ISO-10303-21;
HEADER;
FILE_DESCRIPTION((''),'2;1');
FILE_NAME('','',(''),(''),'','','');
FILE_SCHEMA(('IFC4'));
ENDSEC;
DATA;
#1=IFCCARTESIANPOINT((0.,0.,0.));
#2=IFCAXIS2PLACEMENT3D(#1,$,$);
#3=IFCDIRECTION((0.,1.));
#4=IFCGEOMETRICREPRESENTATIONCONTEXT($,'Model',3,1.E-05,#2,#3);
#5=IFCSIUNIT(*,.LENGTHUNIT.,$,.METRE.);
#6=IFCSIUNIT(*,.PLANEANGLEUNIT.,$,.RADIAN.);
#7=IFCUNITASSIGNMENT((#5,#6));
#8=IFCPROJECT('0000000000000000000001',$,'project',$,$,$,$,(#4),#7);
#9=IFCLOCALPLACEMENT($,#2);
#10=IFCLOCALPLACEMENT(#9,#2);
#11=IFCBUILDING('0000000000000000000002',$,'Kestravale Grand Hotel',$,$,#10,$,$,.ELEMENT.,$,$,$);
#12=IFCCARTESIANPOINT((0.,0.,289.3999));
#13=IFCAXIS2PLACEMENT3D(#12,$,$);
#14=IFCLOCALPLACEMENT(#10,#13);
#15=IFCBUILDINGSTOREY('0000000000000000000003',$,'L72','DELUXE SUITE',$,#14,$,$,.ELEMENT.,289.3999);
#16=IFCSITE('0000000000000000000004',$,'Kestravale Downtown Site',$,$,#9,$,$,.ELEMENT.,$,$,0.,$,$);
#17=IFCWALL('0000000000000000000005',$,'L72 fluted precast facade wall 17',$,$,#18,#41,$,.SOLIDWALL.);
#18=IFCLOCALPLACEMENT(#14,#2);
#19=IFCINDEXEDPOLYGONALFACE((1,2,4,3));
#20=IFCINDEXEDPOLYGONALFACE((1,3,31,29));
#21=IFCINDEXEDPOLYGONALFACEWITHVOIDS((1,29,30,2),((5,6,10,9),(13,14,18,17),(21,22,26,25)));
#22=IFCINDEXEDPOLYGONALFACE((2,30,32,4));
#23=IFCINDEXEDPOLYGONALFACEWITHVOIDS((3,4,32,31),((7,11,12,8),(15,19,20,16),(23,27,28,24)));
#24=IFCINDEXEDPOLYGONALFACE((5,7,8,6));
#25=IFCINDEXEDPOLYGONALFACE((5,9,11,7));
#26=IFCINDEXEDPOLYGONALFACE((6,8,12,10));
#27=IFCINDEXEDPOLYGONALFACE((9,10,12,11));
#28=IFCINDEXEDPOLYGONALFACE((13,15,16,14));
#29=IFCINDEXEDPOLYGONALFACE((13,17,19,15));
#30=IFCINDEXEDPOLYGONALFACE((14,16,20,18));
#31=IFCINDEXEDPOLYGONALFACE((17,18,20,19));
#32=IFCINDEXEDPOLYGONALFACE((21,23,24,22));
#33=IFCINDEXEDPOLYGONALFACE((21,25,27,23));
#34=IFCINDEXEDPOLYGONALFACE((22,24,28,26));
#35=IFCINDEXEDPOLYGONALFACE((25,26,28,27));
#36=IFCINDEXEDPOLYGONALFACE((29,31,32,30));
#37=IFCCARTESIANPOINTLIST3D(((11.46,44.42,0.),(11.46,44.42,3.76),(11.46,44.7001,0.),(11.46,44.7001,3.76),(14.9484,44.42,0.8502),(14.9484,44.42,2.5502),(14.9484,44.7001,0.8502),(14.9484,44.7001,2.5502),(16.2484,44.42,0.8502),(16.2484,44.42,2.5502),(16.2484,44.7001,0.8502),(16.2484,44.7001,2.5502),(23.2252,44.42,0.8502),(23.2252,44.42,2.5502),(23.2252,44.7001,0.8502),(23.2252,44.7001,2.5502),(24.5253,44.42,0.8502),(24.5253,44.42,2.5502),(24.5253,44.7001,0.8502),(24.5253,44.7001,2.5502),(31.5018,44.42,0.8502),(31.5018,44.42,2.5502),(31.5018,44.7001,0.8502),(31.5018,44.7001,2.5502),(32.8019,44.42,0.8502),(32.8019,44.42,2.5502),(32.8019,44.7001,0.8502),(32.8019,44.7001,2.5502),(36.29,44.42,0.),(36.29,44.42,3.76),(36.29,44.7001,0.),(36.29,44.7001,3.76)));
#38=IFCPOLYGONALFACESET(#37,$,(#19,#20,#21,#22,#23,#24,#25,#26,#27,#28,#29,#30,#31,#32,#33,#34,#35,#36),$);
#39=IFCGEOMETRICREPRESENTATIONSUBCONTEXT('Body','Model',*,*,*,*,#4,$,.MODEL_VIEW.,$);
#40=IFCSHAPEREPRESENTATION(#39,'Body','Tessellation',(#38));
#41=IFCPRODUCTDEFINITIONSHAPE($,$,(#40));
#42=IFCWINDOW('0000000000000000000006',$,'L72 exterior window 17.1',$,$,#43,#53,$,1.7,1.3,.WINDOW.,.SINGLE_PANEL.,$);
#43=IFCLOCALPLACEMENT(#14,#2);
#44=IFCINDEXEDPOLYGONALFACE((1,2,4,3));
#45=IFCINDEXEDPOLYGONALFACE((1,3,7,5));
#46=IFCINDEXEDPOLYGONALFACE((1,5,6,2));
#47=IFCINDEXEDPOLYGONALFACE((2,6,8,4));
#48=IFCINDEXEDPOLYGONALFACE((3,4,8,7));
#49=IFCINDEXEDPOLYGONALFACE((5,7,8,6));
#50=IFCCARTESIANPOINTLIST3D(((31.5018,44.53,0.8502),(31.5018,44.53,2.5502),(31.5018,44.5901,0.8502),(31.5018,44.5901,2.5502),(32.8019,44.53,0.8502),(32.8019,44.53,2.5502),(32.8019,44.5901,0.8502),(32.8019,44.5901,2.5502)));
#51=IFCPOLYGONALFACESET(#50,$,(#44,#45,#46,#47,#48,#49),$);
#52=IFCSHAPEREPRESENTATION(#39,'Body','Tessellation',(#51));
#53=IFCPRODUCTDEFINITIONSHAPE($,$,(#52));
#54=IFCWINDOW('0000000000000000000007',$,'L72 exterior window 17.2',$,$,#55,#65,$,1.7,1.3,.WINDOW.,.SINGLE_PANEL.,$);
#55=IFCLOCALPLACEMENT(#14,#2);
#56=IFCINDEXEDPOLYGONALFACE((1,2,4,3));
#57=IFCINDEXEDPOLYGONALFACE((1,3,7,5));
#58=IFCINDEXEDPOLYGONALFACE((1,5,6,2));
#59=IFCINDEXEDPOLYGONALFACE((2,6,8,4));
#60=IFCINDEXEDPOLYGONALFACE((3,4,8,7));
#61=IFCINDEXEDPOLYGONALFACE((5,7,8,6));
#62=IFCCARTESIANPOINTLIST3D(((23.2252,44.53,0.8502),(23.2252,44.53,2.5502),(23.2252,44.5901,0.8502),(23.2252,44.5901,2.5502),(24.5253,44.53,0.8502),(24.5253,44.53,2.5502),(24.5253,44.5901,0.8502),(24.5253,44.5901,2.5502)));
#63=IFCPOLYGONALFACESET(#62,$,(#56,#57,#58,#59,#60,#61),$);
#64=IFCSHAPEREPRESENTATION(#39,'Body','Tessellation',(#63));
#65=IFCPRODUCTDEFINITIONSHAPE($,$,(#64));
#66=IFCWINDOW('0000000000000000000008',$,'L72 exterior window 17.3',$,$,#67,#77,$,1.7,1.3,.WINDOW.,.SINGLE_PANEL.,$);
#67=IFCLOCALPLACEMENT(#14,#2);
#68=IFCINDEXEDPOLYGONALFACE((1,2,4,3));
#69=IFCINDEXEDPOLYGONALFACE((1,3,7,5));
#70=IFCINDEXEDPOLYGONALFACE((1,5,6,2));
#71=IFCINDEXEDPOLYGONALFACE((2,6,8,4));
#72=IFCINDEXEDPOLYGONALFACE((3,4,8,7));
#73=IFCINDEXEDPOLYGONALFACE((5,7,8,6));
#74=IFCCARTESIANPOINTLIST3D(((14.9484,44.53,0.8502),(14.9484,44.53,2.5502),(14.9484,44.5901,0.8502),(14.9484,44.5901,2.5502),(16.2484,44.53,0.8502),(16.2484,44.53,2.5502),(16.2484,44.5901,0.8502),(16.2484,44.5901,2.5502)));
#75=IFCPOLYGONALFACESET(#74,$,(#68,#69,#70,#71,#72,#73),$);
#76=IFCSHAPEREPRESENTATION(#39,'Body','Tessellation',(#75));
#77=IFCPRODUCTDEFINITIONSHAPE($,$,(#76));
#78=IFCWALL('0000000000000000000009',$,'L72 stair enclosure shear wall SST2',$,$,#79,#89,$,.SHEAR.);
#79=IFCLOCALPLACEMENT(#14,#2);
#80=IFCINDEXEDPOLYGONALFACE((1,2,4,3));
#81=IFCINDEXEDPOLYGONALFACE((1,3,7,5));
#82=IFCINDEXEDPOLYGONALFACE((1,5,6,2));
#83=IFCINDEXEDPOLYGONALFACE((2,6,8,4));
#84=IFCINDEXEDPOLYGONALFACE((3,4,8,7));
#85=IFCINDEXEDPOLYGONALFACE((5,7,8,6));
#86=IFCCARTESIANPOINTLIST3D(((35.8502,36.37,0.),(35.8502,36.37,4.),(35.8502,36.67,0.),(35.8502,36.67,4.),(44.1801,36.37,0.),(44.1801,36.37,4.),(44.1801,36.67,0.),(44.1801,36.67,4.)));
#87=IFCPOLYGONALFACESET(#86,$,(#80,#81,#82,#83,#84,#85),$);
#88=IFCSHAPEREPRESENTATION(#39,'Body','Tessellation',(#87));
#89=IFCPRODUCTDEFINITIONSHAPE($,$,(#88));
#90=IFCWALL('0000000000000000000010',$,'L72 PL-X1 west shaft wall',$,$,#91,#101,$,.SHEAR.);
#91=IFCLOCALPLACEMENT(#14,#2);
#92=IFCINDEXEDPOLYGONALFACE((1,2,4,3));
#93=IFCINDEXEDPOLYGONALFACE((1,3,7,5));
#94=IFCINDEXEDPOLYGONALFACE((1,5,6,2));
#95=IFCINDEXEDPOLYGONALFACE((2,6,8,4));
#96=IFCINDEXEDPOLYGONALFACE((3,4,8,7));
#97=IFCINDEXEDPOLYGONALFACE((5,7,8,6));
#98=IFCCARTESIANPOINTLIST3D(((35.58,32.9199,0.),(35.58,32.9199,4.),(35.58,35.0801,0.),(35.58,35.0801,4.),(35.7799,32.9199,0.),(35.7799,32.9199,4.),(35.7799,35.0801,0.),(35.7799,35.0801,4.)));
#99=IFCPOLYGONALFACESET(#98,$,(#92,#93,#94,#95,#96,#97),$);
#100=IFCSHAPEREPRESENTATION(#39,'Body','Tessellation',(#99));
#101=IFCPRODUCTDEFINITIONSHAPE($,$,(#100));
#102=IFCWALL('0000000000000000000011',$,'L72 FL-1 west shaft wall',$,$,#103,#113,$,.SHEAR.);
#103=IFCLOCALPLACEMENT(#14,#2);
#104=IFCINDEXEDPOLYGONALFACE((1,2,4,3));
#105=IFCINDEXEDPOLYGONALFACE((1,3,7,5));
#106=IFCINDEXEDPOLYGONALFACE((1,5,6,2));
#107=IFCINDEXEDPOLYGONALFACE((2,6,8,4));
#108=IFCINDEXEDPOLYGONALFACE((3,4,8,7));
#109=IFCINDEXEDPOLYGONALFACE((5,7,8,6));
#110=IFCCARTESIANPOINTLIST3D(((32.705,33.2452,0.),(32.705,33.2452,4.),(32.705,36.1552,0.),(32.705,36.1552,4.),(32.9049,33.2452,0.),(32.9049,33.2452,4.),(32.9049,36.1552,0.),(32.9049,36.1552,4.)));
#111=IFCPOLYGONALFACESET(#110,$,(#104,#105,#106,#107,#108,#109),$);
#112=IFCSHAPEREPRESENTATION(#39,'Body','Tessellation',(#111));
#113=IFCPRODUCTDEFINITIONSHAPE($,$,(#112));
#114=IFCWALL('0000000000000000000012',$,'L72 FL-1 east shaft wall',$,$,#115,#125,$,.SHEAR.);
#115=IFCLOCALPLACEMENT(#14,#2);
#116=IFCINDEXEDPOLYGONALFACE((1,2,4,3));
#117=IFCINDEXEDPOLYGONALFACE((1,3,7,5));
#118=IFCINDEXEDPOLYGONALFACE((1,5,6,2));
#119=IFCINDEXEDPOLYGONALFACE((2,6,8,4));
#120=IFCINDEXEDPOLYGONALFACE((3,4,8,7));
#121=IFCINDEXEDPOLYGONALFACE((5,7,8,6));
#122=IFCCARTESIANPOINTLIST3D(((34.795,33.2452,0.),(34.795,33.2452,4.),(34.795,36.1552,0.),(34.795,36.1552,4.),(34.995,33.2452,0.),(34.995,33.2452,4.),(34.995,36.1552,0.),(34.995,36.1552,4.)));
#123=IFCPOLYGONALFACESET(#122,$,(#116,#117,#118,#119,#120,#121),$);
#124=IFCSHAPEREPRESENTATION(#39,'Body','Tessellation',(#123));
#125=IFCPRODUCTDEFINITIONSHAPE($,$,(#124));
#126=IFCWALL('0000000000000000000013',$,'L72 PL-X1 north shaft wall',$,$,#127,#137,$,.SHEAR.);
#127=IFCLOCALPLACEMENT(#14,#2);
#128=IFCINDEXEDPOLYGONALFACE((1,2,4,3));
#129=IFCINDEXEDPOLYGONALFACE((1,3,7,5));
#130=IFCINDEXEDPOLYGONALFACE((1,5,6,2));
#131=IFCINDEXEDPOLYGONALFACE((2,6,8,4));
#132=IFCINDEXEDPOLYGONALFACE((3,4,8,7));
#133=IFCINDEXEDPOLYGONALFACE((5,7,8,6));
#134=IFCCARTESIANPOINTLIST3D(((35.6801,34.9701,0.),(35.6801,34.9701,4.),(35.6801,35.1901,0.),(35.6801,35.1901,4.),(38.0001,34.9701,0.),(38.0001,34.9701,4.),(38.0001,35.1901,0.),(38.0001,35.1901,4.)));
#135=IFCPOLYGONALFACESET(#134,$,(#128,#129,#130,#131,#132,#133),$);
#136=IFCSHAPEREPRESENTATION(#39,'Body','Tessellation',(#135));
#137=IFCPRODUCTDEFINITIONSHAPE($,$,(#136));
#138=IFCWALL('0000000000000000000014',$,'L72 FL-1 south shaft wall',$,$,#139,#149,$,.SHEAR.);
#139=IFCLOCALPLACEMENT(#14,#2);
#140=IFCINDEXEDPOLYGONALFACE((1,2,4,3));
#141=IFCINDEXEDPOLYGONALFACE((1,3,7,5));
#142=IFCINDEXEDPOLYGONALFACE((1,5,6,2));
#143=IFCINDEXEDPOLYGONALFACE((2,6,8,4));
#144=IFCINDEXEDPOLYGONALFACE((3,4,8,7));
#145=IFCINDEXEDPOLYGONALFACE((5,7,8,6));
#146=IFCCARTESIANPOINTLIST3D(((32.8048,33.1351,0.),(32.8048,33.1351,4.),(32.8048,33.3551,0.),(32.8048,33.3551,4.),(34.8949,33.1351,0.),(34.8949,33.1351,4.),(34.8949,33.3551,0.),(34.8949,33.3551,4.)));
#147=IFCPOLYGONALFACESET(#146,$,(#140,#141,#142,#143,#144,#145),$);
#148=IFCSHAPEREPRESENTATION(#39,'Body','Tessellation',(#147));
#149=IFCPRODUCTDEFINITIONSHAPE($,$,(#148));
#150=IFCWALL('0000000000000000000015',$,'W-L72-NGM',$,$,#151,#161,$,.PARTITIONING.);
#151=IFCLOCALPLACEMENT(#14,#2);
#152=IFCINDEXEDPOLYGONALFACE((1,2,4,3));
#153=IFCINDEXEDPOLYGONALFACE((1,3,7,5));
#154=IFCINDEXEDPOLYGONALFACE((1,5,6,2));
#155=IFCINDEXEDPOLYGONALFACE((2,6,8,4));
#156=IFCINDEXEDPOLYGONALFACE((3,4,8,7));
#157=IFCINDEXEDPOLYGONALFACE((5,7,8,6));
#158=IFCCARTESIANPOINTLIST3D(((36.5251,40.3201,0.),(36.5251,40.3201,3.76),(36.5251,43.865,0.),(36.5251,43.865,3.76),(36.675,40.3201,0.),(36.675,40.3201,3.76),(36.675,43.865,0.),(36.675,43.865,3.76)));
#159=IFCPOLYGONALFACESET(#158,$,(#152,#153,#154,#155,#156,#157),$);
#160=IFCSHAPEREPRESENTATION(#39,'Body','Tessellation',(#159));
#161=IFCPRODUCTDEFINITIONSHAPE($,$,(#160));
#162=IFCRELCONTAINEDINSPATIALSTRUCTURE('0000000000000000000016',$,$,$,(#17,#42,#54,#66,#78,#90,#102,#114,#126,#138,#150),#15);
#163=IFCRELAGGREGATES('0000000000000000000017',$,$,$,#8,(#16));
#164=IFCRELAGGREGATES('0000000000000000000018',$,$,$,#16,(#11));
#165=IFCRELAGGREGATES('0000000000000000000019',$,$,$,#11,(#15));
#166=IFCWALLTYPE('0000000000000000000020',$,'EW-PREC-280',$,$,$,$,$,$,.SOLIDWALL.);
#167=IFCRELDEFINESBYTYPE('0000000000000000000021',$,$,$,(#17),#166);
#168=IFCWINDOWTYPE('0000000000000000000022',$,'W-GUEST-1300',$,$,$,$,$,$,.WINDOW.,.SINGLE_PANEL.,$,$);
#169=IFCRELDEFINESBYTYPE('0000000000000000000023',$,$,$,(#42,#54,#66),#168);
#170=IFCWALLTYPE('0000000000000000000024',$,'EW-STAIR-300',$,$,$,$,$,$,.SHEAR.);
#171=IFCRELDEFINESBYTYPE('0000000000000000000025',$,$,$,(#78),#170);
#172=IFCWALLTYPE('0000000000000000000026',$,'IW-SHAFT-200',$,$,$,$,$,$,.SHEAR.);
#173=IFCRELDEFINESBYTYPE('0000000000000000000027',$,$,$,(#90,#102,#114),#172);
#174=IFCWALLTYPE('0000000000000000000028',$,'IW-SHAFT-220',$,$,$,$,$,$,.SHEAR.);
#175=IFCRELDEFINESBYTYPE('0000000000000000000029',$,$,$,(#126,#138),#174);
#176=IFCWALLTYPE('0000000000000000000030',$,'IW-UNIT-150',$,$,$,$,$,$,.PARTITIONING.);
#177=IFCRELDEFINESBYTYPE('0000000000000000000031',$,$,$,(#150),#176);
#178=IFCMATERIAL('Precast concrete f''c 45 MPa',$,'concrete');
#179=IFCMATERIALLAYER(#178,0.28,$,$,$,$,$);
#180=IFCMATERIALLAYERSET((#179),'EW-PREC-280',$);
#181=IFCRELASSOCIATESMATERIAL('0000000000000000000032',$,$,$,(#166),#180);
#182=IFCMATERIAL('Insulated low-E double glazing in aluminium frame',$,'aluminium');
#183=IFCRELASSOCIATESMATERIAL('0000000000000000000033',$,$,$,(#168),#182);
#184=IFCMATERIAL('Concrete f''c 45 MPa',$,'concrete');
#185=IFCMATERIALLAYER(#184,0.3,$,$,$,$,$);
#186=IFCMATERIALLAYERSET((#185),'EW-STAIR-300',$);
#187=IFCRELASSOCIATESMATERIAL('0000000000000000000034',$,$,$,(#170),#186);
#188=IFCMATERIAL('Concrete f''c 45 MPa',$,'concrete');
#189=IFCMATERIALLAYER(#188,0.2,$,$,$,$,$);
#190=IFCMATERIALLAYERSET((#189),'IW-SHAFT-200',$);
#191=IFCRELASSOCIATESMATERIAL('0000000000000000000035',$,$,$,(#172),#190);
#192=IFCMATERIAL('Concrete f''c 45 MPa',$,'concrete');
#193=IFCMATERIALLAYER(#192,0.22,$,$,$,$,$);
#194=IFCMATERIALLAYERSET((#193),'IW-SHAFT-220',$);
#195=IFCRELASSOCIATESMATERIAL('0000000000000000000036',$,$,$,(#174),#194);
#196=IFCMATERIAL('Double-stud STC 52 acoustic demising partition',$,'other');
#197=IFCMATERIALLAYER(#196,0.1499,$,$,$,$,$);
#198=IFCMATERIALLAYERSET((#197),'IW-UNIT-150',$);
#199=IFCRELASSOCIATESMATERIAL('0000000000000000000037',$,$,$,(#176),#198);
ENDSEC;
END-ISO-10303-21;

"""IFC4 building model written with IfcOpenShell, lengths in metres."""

from ifc_helpers import new_model, si_unit, direction, frame, frame_2d, origin, place, context, subcontext, project, spatial, rectangle, extrude, material, layer, layer_set, type_object, element, fill, save


model = new_model("IFC4")

# Units and contexts
model_context = context("Model", 3, precision=1e-05, world=origin(), true_north=direction((0.0, 1.0)))
body_context = subcontext(model_context, "Body", "Model", "MODEL_VIEW")
ifc_project = project(units=[si_unit("LENGTHUNIT", "METRE"), si_unit("PLANEANGLEUNIT", "RADIAN")], contexts=[model_context])

# Site, building, storey
site_placement = place(None, origin())
site = spatial("IfcSite", under=ifc_project, at=site_placement, Name="Kestravale Downtown Site", CompositionType="ELEMENT", RefElevation=0.0)
building_placement = place(site_placement, origin())
building = spatial("IfcBuilding", under=site, at=building_placement, Name="Kestravale Grand Hotel", CompositionType="ELEMENT")
storey_placement = place(building_placement, frame((0.0, 0.0, 289.3999)))
storey = spatial("IfcBuildingStorey", under=building, at=storey_placement, Name="L72", Description="DELUXE SUITE", CompositionType="ELEMENT", Elevation=289.3999)

# Wall, openings, windows
ifc_material_1 = material(Name="Precast concrete f'c 45 MPa", Category="concrete")
ifc_layer_1 = layer(ifc_material_1, 0.28)
ifc_layer_set_1 = layer_set([ifc_layer_1], Name="EW-PREC-280")
wall_type_1 = type_object("IfcWallType", Name="EW-PREC-280", PredefinedType="SOLIDWALL", material=ifc_layer_set_1)
wall_1_placement = place(storey_placement, frame((36.29, 44.5601, 0.0), z_axis=(0.0, 0.0, 1.0), x_axis=(-1.0, 0.0, 0.0)))
wall_1 = element("IfcWall", 1, at=wall_1_placement, inside=storey, type_object=wall_type_1, Name="L72 fluted precast facade wall 17", PredefinedType="SOLIDWALL", context=body_context, shape_type="SweptSolid", body=[
    extrude(rectangle(XDim=24.8301, YDim=0.28, at=frame_2d((12.415, 0.0))), origin(), (0.0, 0.0, 1.0), 3.76),
])
opening_1_placement = place(wall_1_placement, frame((3.4883, 0.0, 0.8501)))
opening_1 = element("IfcOpeningElement", 2, at=opening_1_placement, cuts=wall_1, PredefinedType="OPENING", context=body_context, shape_type="SweptSolid", body=[
    extrude(rectangle(XDim=1.3, YDim=1.7, at=frame_2d((0.6499, 0.8501))), frame((0.0, 0.1499, 0.0), z_axis=(0.0, -1.0, 0.0), x_axis=(1.0, 0.0, 0.0)), (0.0, 0.0, 1.0), 0.3),
])
opening_2_placement = place(wall_1_placement, frame((11.7649, 0.0, 0.8501)))
opening_2 = element("IfcOpeningElement", 3, at=opening_2_placement, cuts=wall_1, PredefinedType="OPENING", context=body_context, shape_type="SweptSolid", body=[
    extrude(rectangle(XDim=1.3, YDim=1.7, at=frame_2d((0.6499, 0.8501))), frame((0.0, 0.1499, 0.0), z_axis=(0.0, -1.0, 0.0), x_axis=(1.0, 0.0, 0.0)), (0.0, 0.0, 1.0), 0.3),
])
opening_3_placement = place(wall_1_placement, frame((20.0417, 0.0, 0.8501)))
opening_3 = element("IfcOpeningElement", 4, at=opening_3_placement, cuts=wall_1, PredefinedType="OPENING", context=body_context, shape_type="SweptSolid", body=[
    extrude(rectangle(XDim=1.3, YDim=1.7, at=frame_2d((0.6499, 0.8501))), frame((0.0, 0.1499, 0.0), z_axis=(0.0, -1.0, 0.0), x_axis=(1.0, 0.0, 0.0)), (0.0, 0.0, 1.0), 0.3),
])
ifc_material_2 = material(Name="Insulated low-E double glazing in aluminium frame", Category="aluminium")
window_type = type_object("IfcWindowType", Name="W-GUEST-1300", PartitioningType="SINGLE_PANEL", PredefinedType="WINDOW", material=ifc_material_2)
window_1_placement = place(opening_1_placement, origin())
window_1 = element("IfcWindow", 5, at=window_1_placement, inside=storey, type_object=window_type, Name="L72 exterior window 17.1", OverallHeight=1.7, OverallWidth=1.3, PartitioningType="SINGLE_PANEL", PredefinedType="WINDOW", context=body_context, shape_type="SweptSolid", body=[
    extrude(rectangle(XDim=1.3, YDim=1.7, at=frame_2d((0.6499, 0.8501))), frame((0.0, 0.03, 0.0), z_axis=(0.0, -1.0, 0.0), x_axis=(1.0, 0.0, 0.0)), (0.0, 0.0, 1.0), 0.0601),
])
fill(opening_1, window_1)
window_2_placement = place(opening_2_placement, origin())
window_2 = element("IfcWindow", 6, at=window_2_placement, inside=storey, type_object=window_type, Name="L72 exterior window 17.2", OverallHeight=1.7, OverallWidth=1.3, PartitioningType="SINGLE_PANEL", PredefinedType="WINDOW", context=body_context, shape_type="SweptSolid", body=[
    extrude(rectangle(XDim=1.3, YDim=1.7, at=frame_2d((0.6499, 0.8501))), frame((0.0, 0.03, 0.0), z_axis=(0.0, -1.0, 0.0), x_axis=(1.0, 0.0, 0.0)), (0.0, 0.0, 1.0), 0.0601),
])
fill(opening_2, window_2)
window_3_placement = place(opening_3_placement, origin())
window_3 = element("IfcWindow", 7, at=window_3_placement, inside=storey, type_object=window_type, Name="L72 exterior window 17.3", OverallHeight=1.7, OverallWidth=1.3, PartitioningType="SINGLE_PANEL", PredefinedType="WINDOW", context=body_context, shape_type="SweptSolid", body=[
    extrude(rectangle(XDim=1.3, YDim=1.7, at=frame_2d((0.6499, 0.8501))), frame((0.0, 0.03, 0.0), z_axis=(0.0, -1.0, 0.0), x_axis=(1.0, 0.0, 0.0)), (0.0, 0.0, 1.0), 0.0601),
])
fill(opening_3, window_3)

# Walls
ifc_material_3 = material(Name="Concrete f'c 45 MPa", Category="concrete")
ifc_layer_2 = layer(ifc_material_3, 0.3)
ifc_layer_set_2 = layer_set([ifc_layer_2], Name="EW-STAIR-300")
wall_type_2 = type_object("IfcWallType", Name="EW-STAIR-300", PredefinedType="SHEAR", material=ifc_layer_set_2)
wall_2_placement = place(storey_placement, frame((35.8501, 36.52, 0.0), z_axis=(0.0, 0.0, 1.0), x_axis=(1.0, 0.0, 0.0)))
element("IfcWall", 8, at=wall_2_placement, inside=storey, type_object=wall_type_2, Name="L72 stair enclosure shear wall SST2", PredefinedType="SHEAR", context=body_context, shape_type="SweptSolid", body=[
    extrude(rectangle(XDim=8.3298, YDim=0.3, at=frame_2d((4.165, 0.0))), origin(), (0.0, 0.0, 1.0), 4.0),
])
ifc_material_4 = material(Name="Concrete f'c 45 MPa", Category="concrete")
ifc_layer_3 = layer(ifc_material_4, 0.2)
ifc_layer_set_3 = layer_set([ifc_layer_3], Name="IW-SHAFT-200")
wall_type_3 = type_object("IfcWallType", Name="IW-SHAFT-200", PredefinedType="SHEAR", material=ifc_layer_set_3)
wall_3_placement = place(storey_placement, frame((35.6799, 32.9199, 0.0), z_axis=(0.0, 0.0, 1.0), x_axis=(0.0, 1.0, 0.0)))
element("IfcWall", 9, at=wall_3_placement, inside=storey, type_object=wall_type_3, Name="L72 PL-X1 west shaft wall", PredefinedType="SHEAR", context=body_context, shape_type="SweptSolid", body=[
    extrude(rectangle(XDim=2.1602, YDim=0.2, at=frame_2d((1.0801, 0.0))), origin(), (0.0, 0.0, 1.0), 4.0),
])
for number, where, z_axis, x_axis, name in (
    (10, (32.8049, 33.2451, 0.0), (0.0, 0.0, 1.0), (0.0, 1.0, 0.0), "L72 FL-1 west shaft wall"),
    (11, (34.895, 33.2451, 0.0), (0.0, 0.0, 1.0), (0.0, 1.0, 0.0), "L72 FL-1 east shaft wall"),
):
    element("IfcWall", number, at=place(storey_placement, frame(where, z_axis=z_axis, x_axis=x_axis)), inside=storey, type_object=wall_type_3, Name=name, PredefinedType="SHEAR", context=body_context, shape_type="SweptSolid", body=[
        extrude(rectangle(XDim=2.9099, YDim=0.2, at=frame_2d((1.4551, 0.0))), origin(), (0.0, 0.0, 1.0), 4.0),
    ])
ifc_material_5 = material(Name="Concrete f'c 45 MPa", Category="concrete")
ifc_layer_4 = layer(ifc_material_5, 0.22)
ifc_layer_set_4 = layer_set([ifc_layer_4], Name="IW-SHAFT-220")
wall_type_4 = type_object("IfcWallType", Name="IW-SHAFT-220", PredefinedType="SHEAR", material=ifc_layer_set_4)
wall_4_placement = place(storey_placement, frame((35.6799, 35.0801, 0.0), z_axis=(0.0, 0.0, 1.0), x_axis=(1.0, 0.0, 0.0)))
element("IfcWall", 12, at=wall_4_placement, inside=storey, type_object=wall_type_4, Name="L72 PL-X1 north shaft wall", PredefinedType="SHEAR", context=body_context, shape_type="SweptSolid", body=[
    extrude(rectangle(XDim=2.3201, YDim=0.22, at=frame_2d((1.1602, 0.0))), origin(), (0.0, 0.0, 1.0), 4.0),
])

# Walls
wall_5_placement = place(storey_placement, frame((32.8049, 33.2451, 0.0), z_axis=(0.0, 0.0, 1.0), x_axis=(1.0, 0.0, 0.0)))
element("IfcWall", 13, at=wall_5_placement, inside=storey, type_object=wall_type_4, Name="L72 FL-1 south shaft wall", PredefinedType="SHEAR", context=body_context, shape_type="SweptSolid", body=[
    extrude(rectangle(XDim=2.0901, YDim=0.22, at=frame_2d((1.0449, 0.0))), origin(), (0.0, 0.0, 1.0), 4.0),
])
ifc_material_6 = material(Name="Double-stud STC 52 acoustic demising partition", Category="other")
ifc_layer_5 = layer(ifc_material_6, 0.1499)
ifc_layer_set_5 = layer_set([ifc_layer_5], Name="IW-UNIT-150")
wall_type_5 = type_object("IfcWallType", Name="IW-UNIT-150", PredefinedType="PARTITIONING", material=ifc_layer_set_5)
wall_6_placement = place(storey_placement, frame((36.6001, 40.3201, 0.0), z_axis=(0.0, 0.0, 1.0), x_axis=(0.0, 1.0, 0.0)))
element("IfcWall", 14, at=wall_6_placement, inside=storey, type_object=wall_type_5, Name="W-L72-NGM", PredefinedType="PARTITIONING", context=body_context, shape_type="SweptSolid", body=[
    extrude(rectangle(XDim=3.5449, YDim=0.1499, at=frame_2d((1.7725, 0.0))), origin(), (0.0, 0.0, 1.0), 3.76),
])

save(model, "model.ifc")
